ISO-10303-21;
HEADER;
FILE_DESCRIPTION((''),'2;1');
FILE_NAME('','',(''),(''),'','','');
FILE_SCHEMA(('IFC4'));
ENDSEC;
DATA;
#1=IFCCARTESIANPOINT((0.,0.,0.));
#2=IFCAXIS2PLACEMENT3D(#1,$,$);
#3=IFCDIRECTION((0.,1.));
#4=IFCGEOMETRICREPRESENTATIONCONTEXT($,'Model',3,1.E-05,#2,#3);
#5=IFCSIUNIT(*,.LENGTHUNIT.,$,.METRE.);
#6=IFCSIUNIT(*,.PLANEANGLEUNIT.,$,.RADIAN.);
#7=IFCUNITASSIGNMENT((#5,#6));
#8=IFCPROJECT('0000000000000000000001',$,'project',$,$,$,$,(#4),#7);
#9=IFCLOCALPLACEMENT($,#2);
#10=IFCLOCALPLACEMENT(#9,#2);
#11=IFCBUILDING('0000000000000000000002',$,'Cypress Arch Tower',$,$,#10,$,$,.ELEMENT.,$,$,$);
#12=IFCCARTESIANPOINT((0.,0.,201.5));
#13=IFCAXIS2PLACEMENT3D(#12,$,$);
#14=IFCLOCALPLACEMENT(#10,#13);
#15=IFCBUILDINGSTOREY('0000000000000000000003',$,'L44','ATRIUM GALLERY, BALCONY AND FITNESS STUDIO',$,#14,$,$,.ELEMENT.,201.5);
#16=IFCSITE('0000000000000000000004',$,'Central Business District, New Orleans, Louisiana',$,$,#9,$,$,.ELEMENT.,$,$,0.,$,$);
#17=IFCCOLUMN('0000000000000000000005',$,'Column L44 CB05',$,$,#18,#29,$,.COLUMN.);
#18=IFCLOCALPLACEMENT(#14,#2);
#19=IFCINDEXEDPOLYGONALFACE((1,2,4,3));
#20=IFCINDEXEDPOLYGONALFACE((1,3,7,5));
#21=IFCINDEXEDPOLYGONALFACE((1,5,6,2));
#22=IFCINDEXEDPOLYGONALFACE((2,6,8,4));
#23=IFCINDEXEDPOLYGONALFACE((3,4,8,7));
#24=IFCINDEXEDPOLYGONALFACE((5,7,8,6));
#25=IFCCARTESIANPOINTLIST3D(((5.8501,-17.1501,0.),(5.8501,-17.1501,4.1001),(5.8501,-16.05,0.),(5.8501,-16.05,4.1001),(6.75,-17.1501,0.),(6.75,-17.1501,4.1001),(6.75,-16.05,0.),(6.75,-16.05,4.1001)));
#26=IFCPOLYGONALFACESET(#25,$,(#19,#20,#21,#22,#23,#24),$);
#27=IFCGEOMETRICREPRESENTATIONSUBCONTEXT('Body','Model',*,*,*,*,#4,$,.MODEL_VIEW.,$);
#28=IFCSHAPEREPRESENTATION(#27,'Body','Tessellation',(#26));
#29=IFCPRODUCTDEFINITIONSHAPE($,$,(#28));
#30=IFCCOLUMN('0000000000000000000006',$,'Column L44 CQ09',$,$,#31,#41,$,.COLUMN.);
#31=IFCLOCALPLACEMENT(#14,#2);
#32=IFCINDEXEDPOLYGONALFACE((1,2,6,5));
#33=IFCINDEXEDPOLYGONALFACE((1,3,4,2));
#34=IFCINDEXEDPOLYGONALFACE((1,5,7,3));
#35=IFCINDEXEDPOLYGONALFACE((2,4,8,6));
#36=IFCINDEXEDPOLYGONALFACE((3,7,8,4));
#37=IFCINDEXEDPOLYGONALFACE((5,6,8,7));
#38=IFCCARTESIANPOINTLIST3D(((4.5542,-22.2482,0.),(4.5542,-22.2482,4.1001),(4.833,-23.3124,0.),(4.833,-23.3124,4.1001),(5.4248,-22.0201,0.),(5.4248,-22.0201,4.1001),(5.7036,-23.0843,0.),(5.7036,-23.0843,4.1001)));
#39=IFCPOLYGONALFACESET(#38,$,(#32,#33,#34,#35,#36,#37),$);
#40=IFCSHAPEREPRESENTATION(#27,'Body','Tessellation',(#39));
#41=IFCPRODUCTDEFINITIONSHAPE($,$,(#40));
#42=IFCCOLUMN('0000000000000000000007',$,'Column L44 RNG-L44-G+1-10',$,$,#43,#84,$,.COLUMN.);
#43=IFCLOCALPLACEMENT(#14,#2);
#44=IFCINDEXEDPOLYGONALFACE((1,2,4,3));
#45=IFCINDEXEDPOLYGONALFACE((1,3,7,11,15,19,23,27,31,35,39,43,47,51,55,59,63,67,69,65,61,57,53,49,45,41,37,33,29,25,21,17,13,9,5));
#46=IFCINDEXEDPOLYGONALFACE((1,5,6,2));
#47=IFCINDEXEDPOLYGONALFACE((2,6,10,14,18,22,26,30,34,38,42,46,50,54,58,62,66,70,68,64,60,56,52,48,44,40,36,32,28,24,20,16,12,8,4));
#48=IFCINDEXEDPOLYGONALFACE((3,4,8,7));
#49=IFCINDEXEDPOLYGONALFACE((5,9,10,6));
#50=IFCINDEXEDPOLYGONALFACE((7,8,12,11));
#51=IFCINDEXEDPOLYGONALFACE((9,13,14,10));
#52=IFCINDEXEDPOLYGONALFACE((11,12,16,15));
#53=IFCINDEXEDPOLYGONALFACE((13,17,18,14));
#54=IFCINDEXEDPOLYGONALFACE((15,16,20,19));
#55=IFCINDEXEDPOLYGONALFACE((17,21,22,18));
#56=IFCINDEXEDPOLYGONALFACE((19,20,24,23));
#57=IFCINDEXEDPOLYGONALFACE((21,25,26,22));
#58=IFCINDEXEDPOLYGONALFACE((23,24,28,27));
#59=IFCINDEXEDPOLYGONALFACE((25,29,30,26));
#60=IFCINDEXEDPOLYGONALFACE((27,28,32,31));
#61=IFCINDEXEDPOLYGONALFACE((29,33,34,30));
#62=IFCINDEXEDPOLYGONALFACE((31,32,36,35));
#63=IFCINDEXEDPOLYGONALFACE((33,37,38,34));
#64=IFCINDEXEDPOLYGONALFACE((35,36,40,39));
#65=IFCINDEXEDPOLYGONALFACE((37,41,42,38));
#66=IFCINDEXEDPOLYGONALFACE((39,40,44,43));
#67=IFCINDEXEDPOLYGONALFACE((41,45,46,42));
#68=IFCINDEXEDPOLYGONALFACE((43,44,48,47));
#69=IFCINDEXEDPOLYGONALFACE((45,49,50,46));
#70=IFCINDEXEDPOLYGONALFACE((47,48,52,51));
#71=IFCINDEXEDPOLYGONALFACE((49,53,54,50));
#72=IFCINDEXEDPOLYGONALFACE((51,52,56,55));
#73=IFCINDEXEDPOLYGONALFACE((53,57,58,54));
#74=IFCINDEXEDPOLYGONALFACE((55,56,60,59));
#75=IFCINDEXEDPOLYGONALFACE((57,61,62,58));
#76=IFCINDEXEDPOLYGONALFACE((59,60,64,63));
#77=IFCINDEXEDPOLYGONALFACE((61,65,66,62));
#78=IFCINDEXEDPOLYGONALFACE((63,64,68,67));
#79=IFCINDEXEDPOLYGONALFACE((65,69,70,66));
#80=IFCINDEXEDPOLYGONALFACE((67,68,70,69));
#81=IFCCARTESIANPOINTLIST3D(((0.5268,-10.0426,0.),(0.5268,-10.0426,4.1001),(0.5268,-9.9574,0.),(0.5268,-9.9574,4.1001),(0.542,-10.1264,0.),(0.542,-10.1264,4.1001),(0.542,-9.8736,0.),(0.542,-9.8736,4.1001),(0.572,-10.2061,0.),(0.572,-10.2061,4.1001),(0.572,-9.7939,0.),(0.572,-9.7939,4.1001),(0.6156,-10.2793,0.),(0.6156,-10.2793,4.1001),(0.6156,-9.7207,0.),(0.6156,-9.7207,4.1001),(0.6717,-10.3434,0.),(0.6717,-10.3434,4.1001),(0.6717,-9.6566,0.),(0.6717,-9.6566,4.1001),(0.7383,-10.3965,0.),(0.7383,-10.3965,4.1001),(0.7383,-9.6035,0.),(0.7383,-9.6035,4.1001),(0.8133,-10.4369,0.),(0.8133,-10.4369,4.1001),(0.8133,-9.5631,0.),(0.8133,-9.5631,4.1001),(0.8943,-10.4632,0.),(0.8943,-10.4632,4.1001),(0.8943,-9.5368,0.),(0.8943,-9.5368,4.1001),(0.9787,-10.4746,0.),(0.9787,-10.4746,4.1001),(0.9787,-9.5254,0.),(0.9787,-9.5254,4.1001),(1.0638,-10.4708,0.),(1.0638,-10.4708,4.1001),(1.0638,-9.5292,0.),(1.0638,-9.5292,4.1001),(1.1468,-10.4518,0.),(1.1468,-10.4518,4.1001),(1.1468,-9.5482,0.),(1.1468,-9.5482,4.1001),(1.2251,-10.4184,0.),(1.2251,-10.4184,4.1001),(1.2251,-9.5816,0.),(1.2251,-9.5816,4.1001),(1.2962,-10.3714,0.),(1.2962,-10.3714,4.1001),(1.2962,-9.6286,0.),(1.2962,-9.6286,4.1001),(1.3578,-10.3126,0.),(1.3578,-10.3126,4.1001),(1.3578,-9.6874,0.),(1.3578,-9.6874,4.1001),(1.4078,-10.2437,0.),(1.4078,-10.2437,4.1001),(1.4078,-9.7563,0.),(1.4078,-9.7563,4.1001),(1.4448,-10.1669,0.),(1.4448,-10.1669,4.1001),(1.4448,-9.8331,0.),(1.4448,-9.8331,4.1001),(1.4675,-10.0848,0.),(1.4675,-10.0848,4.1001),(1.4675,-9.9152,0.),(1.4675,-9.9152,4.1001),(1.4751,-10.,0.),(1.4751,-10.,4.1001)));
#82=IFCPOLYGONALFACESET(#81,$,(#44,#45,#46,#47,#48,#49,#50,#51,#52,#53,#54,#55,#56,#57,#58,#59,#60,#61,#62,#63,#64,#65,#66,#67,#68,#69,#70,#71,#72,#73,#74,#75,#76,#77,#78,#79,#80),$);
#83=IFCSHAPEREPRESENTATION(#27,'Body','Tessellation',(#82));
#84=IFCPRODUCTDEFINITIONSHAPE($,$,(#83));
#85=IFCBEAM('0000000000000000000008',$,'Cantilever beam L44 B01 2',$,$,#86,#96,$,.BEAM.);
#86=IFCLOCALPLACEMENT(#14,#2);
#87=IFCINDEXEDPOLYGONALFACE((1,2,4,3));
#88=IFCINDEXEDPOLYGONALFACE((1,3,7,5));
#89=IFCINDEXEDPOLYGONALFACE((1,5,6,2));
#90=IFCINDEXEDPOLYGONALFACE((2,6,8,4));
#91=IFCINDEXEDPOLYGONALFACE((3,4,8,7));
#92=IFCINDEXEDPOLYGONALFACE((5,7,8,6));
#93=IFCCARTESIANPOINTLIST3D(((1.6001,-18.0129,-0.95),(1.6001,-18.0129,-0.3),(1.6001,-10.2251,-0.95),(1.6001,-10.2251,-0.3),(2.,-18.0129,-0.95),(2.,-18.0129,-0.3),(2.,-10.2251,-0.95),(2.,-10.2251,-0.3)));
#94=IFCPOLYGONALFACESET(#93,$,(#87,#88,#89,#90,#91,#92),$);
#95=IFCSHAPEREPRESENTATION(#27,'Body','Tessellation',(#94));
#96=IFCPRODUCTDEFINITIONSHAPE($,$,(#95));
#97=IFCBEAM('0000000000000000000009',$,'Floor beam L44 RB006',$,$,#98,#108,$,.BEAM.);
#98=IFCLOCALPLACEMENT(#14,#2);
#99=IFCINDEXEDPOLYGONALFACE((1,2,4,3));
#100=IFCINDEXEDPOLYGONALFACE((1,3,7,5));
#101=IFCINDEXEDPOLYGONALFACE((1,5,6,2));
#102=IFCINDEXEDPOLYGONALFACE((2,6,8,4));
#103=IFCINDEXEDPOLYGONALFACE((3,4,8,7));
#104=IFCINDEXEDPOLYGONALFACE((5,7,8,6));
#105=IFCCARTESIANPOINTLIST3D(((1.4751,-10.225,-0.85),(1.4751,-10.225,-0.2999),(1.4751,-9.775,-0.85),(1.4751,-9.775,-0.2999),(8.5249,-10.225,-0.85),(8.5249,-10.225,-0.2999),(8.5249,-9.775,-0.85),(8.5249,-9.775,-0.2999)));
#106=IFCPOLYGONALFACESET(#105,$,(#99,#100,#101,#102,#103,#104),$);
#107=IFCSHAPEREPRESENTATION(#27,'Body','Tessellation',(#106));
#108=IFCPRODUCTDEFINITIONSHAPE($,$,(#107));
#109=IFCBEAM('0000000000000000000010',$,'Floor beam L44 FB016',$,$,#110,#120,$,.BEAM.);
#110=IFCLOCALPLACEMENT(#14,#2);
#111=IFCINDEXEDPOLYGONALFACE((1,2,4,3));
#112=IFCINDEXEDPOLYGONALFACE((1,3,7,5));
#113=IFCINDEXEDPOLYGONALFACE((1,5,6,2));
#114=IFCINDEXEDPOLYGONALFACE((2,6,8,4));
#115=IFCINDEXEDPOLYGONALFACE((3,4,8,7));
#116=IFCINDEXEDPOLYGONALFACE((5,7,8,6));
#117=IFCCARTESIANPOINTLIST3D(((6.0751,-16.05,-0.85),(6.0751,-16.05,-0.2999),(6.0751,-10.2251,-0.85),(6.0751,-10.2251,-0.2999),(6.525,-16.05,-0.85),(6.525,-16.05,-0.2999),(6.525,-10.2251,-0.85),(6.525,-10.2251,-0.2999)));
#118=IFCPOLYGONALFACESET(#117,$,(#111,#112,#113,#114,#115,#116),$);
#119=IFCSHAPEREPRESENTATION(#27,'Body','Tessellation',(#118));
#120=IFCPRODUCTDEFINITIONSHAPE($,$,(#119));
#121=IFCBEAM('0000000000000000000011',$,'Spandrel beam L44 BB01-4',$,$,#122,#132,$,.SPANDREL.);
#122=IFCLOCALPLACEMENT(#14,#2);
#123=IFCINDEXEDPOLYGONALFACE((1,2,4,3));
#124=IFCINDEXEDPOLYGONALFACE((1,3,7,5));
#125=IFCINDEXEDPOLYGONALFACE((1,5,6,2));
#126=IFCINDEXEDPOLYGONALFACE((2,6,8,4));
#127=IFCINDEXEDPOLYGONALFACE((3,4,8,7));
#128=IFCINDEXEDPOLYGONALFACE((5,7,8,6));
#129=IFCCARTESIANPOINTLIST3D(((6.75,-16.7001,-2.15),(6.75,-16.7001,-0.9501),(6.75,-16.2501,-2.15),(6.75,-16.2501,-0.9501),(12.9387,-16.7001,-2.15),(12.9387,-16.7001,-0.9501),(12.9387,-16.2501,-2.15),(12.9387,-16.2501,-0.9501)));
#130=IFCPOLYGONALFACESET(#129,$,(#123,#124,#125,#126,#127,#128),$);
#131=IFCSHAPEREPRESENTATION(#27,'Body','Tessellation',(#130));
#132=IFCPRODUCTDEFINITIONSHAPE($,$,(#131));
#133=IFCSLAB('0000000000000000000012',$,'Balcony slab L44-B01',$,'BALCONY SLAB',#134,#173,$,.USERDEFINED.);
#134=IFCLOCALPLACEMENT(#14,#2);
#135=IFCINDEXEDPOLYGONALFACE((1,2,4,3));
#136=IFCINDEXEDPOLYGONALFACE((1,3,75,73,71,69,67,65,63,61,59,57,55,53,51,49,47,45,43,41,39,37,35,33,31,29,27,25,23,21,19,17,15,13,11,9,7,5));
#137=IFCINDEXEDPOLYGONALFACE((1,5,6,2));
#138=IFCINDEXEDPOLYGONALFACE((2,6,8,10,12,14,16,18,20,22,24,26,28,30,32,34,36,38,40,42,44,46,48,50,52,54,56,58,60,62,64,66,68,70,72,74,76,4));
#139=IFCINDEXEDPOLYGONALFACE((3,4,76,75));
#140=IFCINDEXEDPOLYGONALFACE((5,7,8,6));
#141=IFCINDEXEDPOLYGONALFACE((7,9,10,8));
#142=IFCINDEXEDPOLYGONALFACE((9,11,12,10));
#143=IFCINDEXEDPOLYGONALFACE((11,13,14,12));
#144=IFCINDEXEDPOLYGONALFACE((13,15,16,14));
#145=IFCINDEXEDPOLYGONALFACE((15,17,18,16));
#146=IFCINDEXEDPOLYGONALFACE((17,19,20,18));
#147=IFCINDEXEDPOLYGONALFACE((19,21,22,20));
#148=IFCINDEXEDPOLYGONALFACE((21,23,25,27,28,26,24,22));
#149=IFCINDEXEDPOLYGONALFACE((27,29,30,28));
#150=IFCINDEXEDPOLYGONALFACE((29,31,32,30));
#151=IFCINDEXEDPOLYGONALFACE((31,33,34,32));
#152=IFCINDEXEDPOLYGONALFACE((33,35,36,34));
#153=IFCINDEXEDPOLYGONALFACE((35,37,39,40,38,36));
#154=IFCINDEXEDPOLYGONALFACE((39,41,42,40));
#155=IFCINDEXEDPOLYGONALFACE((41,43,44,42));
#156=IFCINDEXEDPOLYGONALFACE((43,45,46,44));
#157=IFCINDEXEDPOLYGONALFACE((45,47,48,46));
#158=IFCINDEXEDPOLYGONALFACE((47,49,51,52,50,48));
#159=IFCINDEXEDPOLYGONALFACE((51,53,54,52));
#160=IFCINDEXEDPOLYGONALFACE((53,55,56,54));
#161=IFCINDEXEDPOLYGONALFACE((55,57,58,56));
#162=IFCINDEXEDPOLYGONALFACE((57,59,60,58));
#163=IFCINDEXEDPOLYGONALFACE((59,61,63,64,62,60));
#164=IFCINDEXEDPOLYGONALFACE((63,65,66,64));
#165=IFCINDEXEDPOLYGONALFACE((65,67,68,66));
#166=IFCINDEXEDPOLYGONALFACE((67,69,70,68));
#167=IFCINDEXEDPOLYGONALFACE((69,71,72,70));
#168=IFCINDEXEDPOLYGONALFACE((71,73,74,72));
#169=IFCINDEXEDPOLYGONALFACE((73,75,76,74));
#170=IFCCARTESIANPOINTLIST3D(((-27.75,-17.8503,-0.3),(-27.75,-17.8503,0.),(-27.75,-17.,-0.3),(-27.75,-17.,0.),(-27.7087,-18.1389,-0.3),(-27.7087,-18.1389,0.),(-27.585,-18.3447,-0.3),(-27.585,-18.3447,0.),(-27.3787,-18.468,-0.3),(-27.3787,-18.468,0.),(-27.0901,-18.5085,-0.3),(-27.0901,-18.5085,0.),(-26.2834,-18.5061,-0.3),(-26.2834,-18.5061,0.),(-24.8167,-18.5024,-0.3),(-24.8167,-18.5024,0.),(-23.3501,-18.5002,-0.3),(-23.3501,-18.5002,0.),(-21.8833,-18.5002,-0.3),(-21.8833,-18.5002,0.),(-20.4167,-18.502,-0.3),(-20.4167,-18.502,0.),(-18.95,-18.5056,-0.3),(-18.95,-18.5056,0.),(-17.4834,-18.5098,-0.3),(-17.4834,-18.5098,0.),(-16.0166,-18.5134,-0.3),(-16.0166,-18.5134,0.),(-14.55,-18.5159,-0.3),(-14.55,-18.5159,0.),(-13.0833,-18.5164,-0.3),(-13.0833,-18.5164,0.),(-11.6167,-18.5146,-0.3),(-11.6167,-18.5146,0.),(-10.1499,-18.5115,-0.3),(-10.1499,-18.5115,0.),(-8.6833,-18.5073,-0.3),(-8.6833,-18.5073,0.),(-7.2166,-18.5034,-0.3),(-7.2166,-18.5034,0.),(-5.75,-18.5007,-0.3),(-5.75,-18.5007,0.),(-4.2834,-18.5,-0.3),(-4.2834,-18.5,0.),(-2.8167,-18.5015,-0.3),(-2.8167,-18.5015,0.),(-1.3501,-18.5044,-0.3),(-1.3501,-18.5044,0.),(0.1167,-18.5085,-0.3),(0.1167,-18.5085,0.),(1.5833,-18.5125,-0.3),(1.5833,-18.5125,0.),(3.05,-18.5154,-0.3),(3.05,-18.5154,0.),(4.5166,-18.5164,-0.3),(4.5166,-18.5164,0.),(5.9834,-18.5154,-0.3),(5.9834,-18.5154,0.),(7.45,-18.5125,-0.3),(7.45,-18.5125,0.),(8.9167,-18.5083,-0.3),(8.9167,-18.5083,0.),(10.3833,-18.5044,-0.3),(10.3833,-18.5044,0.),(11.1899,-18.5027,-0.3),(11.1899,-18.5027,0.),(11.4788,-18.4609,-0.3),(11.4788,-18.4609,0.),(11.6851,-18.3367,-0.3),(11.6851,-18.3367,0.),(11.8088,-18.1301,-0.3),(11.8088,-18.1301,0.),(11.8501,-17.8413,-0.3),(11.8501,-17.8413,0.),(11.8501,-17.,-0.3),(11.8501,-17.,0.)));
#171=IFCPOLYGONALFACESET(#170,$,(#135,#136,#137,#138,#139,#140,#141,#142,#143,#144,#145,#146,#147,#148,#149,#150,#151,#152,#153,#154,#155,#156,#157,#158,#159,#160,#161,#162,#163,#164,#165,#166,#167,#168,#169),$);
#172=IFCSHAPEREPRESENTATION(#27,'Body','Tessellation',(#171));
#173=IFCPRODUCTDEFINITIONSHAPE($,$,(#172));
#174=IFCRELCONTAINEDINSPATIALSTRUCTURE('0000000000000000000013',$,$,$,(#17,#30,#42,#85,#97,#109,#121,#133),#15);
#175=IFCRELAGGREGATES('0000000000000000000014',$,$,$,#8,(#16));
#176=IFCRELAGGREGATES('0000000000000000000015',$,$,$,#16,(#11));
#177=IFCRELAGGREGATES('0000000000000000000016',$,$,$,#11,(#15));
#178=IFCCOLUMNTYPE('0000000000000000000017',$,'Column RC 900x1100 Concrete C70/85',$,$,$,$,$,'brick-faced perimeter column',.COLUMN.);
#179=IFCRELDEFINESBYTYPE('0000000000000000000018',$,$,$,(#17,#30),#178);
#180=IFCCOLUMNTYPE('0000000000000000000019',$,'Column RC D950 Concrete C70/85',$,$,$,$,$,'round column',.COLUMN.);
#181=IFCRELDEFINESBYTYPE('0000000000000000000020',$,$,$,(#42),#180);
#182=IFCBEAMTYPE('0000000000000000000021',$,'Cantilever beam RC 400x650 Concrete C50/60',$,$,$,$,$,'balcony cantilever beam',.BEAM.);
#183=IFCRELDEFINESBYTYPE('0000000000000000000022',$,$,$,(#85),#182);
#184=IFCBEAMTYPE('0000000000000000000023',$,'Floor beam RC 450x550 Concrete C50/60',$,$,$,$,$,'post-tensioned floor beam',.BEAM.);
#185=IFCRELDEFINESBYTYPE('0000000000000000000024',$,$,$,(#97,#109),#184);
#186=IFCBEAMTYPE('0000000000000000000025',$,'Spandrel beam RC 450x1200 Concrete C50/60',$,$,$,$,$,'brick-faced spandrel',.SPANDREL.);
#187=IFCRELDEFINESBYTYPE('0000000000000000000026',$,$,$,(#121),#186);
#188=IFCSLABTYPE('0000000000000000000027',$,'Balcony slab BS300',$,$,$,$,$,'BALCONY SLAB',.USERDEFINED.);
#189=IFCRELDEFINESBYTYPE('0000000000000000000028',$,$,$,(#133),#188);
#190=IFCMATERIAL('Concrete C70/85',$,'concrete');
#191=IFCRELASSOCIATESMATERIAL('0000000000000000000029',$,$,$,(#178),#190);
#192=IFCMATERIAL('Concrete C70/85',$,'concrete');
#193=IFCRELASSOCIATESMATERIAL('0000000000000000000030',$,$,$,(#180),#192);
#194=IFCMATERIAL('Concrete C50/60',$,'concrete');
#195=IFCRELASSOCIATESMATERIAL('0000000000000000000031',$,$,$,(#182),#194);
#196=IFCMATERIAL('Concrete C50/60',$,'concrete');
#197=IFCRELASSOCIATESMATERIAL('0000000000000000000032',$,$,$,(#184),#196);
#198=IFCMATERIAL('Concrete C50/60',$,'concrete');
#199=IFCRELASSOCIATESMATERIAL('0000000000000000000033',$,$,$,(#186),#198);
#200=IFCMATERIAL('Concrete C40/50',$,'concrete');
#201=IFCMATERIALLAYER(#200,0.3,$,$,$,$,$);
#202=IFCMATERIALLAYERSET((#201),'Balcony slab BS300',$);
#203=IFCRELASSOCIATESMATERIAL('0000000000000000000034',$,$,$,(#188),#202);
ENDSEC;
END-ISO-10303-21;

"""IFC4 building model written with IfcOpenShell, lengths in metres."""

from ifc_helpers import new_model, si_unit, direction, frame, origin, origin_2d, place, context, subcontext, project, spatial, polyline, rectangle, circle, outline, extrude, material, layer, layer_set, material_profile, profile_set, type_object, element, save


model = new_model("IFC4")

# Units and contexts
model_context = context("Model", 3, precision=1e-05, world=origin(), true_north=direction((0.0, 1.0)))
body_context = subcontext(model_context, "Body", "Model", "MODEL_VIEW")
ifc_project = project(units=[si_unit("LENGTHUNIT", "METRE"), si_unit("PLANEANGLEUNIT", "RADIAN")], contexts=[model_context])

# Site, building, storey
site_placement = place(None, origin())
site = spatial("IfcSite", under=ifc_project, at=site_placement, Name="Central Business District, New Orleans, Louisiana", CompositionType="ELEMENT", RefElevation=0.0)
building_placement = place(site_placement, origin())
building = spatial("IfcBuilding", under=site, at=building_placement, Name="Cypress Arch Tower", CompositionType="ELEMENT")
storey_placement = place(building_placement, frame((0.0, 0.0, 201.5)))
storey = spatial("IfcBuildingStorey", under=building, at=storey_placement, Name="L44", Description="ATRIUM GALLERY, BALCONY AND FITNESS STUDIO", CompositionType="ELEMENT", Elevation=201.5)

# Columns
ifc_material_1 = material(Name="Concrete C70/85", Category="concrete")
ifc_material_profile_1 = material_profile(ifc_material_1, rectangle(XDim=0.8999, YDim=1.1001, at=origin_2d()), Name="RC 900x1100")
ifc_profile_set_1 = profile_set([ifc_material_profile_1], Name="Concrete C70/85")
column_type_1 = type_object("IfcColumnType", Name="Column RC 900x1100 Concrete C70/85", ElementType="brick-faced perimeter column", PredefinedType="COLUMN", material=ifc_profile_set_1)
for number, where, z_axis, x_axis, name in (
    (1, (6.3, -16.6001, 0.0), (0.0, 0.0, 1.0), (1.0, 0.0, 0.0), "Column L44 CB05"),
    (2, (5.1289, -22.6663, 0.0), (0.0, 0.0, 1.0), (0.967356, 0.253422, 0.0), "Column L44 CQ09"),
):
    element("IfcColumn", number, at=place(storey_placement, frame(where, z_axis=z_axis, x_axis=x_axis)), inside=storey, type_object=column_type_1, Name=name, PredefinedType="COLUMN", context=body_context, shape_type="SweptSolid", body=[
        extrude(rectangle(XDim=0.8999, YDim=1.1001, at=origin_2d()), origin(), (0.0, 0.0, 1.0), 4.1001),
    ])
ifc_material_2 = material(Name="Concrete C70/85", Category="concrete")
ifc_material_profile_2 = material_profile(ifc_material_2, circle(Radius=0.4751, at=origin_2d()), Name="RC D950")
ifc_profile_set_2 = profile_set([ifc_material_profile_2], Name="Concrete C70/85")
column_type_2 = type_object("IfcColumnType", Name="Column RC D950 Concrete C70/85", ElementType="round column", PredefinedType="COLUMN", material=ifc_profile_set_2)
column_placement = place(storey_placement, frame((1.0, -10.0, 0.0), z_axis=(0.0, 0.0, 1.0), x_axis=(1.0, 0.0, 0.0)))
element("IfcColumn", 3, at=column_placement, inside=storey, type_object=column_type_2, Name="Column L44 RNG-L44-G+1-10", PredefinedType="COLUMN", context=body_context, shape_type="SweptSolid", body=[
    extrude(circle(Radius=0.4751, at=origin_2d()), origin(), (0.0, 0.0, 1.0), 4.1001),
])

# Beams
ifc_material_3 = material(Name="Concrete C50/60", Category="concrete")
ifc_material_profile_3 = material_profile(ifc_material_3, rectangle(XDim=0.3999, YDim=0.6499, at=origin_2d()), Name="RC 400x650")
ifc_profile_set_3 = profile_set([ifc_material_profile_3], Name="Concrete C50/60")
beam_type_1 = type_object("IfcBeamType", Name="Cantilever beam RC 400x650 Concrete C50/60", ElementType="balcony cantilever beam", PredefinedType="BEAM", material=ifc_profile_set_3)
beam_1_placement = place(storey_placement, frame((1.8, -10.2251, -0.625), z_axis=(0.0, -1.0, 0.0), x_axis=(1.0, 0.0, 0.0)))
element("IfcBeam", 4, at=beam_1_placement, inside=storey, type_object=beam_type_1, Name="Cantilever beam L44 B01 2", PredefinedType="BEAM", context=body_context, shape_type="SweptSolid", body=[
    extrude(rectangle(XDim=0.3999, YDim=0.6499, at=origin_2d()), origin(), (0.0, 0.0, 1.0), 7.7878),
])
ifc_material_4 = material(Name="Concrete C50/60", Category="concrete")
ifc_material_profile_4 = material_profile(ifc_material_4, rectangle(XDim=0.45, YDim=0.55, at=origin_2d()), Name="RC 450x550")
ifc_profile_set_4 = profile_set([ifc_material_profile_4], Name="Concrete C50/60")
beam_type_2 = type_object("IfcBeamType", Name="Floor beam RC 450x550 Concrete C50/60", ElementType="post-tensioned floor beam", PredefinedType="BEAM", material=ifc_profile_set_4)
beam_2_placement = place(storey_placement, frame((1.4751, -10.0, -0.575), z_axis=(1.0, 0.0, 0.0), x_axis=(0.0, 1.0, 0.0)))
element("IfcBeam", 5, at=beam_2_placement, inside=storey, type_object=beam_type_2, Name="Floor beam L44 RB006", PredefinedType="BEAM", context=body_context, shape_type="SweptSolid", body=[
    extrude(rectangle(XDim=0.45, YDim=0.55, at=origin_2d()), origin(), (0.0, 0.0, 1.0), 7.0498),
])
beam_3_placement = place(storey_placement, frame((6.3, -16.05, -0.575), z_axis=(0.0, 1.0, 0.0), x_axis=(-1.0, 0.0, 0.0)))
element("IfcBeam", 6, at=beam_3_placement, inside=storey, type_object=beam_type_2, Name="Floor beam L44 FB016", PredefinedType="BEAM", context=body_context, shape_type="SweptSolid", body=[
    extrude(rectangle(XDim=0.45, YDim=0.55, at=origin_2d()), origin(), (0.0, 0.0, 1.0), 5.825),
])
ifc_material_5 = material(Name="Concrete C50/60", Category="concrete")
ifc_material_profile_5 = material_profile(ifc_material_5, rectangle(XDim=0.45, YDim=1.2, at=origin_2d()), Name="RC 450x1200")
ifc_profile_set_5 = profile_set([ifc_material_profile_5], Name="Concrete C50/60")
beam_type_3 = type_object("IfcBeamType", Name="Spandrel beam RC 450x1200 Concrete C50/60", ElementType="brick-faced spandrel", PredefinedType="SPANDREL", material=ifc_profile_set_5)
beam_4_placement = place(storey_placement, frame((6.75, -16.4751, -1.55), z_axis=(1.0, 0.0, 0.0), x_axis=(0.0, 1.0, 0.0)))
element("IfcBeam", 7, at=beam_4_placement, inside=storey, type_object=beam_type_3, Name="Spandrel beam L44 BB01-4", PredefinedType="SPANDREL", context=body_context, shape_type="SweptSolid", body=[
    extrude(rectangle(XDim=0.45, YDim=1.2, at=origin_2d()), origin(), (0.0, 0.0, 1.0), 6.1887),
])

# Slab
ifc_material_6 = material(Name="Concrete C40/50", Category="concrete")
ifc_layer_1 = layer(ifc_material_6, 0.3)
ifc_layer_set_1 = layer_set([ifc_layer_1], Name="Balcony slab BS300")
slab_type_1 = type_object("IfcSlabType", Name="Balcony slab BS300", ElementType="BALCONY SLAB", PredefinedType="USERDEFINED", material=ifc_layer_set_1)
slab_1_placement = place(storey_placement, frame((0.0, 0.0, -0.3)))
element("IfcSlab", 8, at=slab_1_placement, inside=storey, type_object=slab_type_1, Name="Balcony slab L44-B01", ObjectType="BALCONY SLAB", PredefinedType="USERDEFINED", context=body_context, shape_type="SweptSolid", body=[
    extrude(outline(polyline([(-27.75, -17.0), (-27.75, -17.8503), (-27.7087, -18.1389), (-27.585, -18.3447), (-27.3787, -18.468), (-27.0901, -18.5085), (-26.2834, -18.5061), (-24.8167, -18.5024), (-23.3501, -18.5002), (-21.8833, -18.5002), (-20.4167, -18.502), (-18.95, -18.5056), (-17.4834, -18.5098), (-16.0166, -18.5134), (-14.55, -18.5159), (-13.0833, -18.5164), (-11.6167, -18.5146), (-10.1499, -18.5115), (-8.6833, -18.5073), (-7.2166, -18.5034), (-5.75, -18.5007), (-4.2834, -18.5), (-2.8167, -18.5015), (-1.3501, -18.5044), (0.1167, -18.5085), (1.5833, -18.5125), (3.05, -18.5154), (4.5166, -18.5164), (5.9834, -18.5154), (7.45, -18.5125), (8.9167, -18.5083), (10.3833, -18.5044), (11.1899, -18.5027), (11.4788, -18.4609), (11.6851, -18.3367), (11.8088, -18.1301), (11.8501, -17.8413), (11.8501, -17.0), (-27.75, -17.0)])), origin(), (0.0, 0.0, 1.0), 0.3),
])

save(model, "model.ifc")
